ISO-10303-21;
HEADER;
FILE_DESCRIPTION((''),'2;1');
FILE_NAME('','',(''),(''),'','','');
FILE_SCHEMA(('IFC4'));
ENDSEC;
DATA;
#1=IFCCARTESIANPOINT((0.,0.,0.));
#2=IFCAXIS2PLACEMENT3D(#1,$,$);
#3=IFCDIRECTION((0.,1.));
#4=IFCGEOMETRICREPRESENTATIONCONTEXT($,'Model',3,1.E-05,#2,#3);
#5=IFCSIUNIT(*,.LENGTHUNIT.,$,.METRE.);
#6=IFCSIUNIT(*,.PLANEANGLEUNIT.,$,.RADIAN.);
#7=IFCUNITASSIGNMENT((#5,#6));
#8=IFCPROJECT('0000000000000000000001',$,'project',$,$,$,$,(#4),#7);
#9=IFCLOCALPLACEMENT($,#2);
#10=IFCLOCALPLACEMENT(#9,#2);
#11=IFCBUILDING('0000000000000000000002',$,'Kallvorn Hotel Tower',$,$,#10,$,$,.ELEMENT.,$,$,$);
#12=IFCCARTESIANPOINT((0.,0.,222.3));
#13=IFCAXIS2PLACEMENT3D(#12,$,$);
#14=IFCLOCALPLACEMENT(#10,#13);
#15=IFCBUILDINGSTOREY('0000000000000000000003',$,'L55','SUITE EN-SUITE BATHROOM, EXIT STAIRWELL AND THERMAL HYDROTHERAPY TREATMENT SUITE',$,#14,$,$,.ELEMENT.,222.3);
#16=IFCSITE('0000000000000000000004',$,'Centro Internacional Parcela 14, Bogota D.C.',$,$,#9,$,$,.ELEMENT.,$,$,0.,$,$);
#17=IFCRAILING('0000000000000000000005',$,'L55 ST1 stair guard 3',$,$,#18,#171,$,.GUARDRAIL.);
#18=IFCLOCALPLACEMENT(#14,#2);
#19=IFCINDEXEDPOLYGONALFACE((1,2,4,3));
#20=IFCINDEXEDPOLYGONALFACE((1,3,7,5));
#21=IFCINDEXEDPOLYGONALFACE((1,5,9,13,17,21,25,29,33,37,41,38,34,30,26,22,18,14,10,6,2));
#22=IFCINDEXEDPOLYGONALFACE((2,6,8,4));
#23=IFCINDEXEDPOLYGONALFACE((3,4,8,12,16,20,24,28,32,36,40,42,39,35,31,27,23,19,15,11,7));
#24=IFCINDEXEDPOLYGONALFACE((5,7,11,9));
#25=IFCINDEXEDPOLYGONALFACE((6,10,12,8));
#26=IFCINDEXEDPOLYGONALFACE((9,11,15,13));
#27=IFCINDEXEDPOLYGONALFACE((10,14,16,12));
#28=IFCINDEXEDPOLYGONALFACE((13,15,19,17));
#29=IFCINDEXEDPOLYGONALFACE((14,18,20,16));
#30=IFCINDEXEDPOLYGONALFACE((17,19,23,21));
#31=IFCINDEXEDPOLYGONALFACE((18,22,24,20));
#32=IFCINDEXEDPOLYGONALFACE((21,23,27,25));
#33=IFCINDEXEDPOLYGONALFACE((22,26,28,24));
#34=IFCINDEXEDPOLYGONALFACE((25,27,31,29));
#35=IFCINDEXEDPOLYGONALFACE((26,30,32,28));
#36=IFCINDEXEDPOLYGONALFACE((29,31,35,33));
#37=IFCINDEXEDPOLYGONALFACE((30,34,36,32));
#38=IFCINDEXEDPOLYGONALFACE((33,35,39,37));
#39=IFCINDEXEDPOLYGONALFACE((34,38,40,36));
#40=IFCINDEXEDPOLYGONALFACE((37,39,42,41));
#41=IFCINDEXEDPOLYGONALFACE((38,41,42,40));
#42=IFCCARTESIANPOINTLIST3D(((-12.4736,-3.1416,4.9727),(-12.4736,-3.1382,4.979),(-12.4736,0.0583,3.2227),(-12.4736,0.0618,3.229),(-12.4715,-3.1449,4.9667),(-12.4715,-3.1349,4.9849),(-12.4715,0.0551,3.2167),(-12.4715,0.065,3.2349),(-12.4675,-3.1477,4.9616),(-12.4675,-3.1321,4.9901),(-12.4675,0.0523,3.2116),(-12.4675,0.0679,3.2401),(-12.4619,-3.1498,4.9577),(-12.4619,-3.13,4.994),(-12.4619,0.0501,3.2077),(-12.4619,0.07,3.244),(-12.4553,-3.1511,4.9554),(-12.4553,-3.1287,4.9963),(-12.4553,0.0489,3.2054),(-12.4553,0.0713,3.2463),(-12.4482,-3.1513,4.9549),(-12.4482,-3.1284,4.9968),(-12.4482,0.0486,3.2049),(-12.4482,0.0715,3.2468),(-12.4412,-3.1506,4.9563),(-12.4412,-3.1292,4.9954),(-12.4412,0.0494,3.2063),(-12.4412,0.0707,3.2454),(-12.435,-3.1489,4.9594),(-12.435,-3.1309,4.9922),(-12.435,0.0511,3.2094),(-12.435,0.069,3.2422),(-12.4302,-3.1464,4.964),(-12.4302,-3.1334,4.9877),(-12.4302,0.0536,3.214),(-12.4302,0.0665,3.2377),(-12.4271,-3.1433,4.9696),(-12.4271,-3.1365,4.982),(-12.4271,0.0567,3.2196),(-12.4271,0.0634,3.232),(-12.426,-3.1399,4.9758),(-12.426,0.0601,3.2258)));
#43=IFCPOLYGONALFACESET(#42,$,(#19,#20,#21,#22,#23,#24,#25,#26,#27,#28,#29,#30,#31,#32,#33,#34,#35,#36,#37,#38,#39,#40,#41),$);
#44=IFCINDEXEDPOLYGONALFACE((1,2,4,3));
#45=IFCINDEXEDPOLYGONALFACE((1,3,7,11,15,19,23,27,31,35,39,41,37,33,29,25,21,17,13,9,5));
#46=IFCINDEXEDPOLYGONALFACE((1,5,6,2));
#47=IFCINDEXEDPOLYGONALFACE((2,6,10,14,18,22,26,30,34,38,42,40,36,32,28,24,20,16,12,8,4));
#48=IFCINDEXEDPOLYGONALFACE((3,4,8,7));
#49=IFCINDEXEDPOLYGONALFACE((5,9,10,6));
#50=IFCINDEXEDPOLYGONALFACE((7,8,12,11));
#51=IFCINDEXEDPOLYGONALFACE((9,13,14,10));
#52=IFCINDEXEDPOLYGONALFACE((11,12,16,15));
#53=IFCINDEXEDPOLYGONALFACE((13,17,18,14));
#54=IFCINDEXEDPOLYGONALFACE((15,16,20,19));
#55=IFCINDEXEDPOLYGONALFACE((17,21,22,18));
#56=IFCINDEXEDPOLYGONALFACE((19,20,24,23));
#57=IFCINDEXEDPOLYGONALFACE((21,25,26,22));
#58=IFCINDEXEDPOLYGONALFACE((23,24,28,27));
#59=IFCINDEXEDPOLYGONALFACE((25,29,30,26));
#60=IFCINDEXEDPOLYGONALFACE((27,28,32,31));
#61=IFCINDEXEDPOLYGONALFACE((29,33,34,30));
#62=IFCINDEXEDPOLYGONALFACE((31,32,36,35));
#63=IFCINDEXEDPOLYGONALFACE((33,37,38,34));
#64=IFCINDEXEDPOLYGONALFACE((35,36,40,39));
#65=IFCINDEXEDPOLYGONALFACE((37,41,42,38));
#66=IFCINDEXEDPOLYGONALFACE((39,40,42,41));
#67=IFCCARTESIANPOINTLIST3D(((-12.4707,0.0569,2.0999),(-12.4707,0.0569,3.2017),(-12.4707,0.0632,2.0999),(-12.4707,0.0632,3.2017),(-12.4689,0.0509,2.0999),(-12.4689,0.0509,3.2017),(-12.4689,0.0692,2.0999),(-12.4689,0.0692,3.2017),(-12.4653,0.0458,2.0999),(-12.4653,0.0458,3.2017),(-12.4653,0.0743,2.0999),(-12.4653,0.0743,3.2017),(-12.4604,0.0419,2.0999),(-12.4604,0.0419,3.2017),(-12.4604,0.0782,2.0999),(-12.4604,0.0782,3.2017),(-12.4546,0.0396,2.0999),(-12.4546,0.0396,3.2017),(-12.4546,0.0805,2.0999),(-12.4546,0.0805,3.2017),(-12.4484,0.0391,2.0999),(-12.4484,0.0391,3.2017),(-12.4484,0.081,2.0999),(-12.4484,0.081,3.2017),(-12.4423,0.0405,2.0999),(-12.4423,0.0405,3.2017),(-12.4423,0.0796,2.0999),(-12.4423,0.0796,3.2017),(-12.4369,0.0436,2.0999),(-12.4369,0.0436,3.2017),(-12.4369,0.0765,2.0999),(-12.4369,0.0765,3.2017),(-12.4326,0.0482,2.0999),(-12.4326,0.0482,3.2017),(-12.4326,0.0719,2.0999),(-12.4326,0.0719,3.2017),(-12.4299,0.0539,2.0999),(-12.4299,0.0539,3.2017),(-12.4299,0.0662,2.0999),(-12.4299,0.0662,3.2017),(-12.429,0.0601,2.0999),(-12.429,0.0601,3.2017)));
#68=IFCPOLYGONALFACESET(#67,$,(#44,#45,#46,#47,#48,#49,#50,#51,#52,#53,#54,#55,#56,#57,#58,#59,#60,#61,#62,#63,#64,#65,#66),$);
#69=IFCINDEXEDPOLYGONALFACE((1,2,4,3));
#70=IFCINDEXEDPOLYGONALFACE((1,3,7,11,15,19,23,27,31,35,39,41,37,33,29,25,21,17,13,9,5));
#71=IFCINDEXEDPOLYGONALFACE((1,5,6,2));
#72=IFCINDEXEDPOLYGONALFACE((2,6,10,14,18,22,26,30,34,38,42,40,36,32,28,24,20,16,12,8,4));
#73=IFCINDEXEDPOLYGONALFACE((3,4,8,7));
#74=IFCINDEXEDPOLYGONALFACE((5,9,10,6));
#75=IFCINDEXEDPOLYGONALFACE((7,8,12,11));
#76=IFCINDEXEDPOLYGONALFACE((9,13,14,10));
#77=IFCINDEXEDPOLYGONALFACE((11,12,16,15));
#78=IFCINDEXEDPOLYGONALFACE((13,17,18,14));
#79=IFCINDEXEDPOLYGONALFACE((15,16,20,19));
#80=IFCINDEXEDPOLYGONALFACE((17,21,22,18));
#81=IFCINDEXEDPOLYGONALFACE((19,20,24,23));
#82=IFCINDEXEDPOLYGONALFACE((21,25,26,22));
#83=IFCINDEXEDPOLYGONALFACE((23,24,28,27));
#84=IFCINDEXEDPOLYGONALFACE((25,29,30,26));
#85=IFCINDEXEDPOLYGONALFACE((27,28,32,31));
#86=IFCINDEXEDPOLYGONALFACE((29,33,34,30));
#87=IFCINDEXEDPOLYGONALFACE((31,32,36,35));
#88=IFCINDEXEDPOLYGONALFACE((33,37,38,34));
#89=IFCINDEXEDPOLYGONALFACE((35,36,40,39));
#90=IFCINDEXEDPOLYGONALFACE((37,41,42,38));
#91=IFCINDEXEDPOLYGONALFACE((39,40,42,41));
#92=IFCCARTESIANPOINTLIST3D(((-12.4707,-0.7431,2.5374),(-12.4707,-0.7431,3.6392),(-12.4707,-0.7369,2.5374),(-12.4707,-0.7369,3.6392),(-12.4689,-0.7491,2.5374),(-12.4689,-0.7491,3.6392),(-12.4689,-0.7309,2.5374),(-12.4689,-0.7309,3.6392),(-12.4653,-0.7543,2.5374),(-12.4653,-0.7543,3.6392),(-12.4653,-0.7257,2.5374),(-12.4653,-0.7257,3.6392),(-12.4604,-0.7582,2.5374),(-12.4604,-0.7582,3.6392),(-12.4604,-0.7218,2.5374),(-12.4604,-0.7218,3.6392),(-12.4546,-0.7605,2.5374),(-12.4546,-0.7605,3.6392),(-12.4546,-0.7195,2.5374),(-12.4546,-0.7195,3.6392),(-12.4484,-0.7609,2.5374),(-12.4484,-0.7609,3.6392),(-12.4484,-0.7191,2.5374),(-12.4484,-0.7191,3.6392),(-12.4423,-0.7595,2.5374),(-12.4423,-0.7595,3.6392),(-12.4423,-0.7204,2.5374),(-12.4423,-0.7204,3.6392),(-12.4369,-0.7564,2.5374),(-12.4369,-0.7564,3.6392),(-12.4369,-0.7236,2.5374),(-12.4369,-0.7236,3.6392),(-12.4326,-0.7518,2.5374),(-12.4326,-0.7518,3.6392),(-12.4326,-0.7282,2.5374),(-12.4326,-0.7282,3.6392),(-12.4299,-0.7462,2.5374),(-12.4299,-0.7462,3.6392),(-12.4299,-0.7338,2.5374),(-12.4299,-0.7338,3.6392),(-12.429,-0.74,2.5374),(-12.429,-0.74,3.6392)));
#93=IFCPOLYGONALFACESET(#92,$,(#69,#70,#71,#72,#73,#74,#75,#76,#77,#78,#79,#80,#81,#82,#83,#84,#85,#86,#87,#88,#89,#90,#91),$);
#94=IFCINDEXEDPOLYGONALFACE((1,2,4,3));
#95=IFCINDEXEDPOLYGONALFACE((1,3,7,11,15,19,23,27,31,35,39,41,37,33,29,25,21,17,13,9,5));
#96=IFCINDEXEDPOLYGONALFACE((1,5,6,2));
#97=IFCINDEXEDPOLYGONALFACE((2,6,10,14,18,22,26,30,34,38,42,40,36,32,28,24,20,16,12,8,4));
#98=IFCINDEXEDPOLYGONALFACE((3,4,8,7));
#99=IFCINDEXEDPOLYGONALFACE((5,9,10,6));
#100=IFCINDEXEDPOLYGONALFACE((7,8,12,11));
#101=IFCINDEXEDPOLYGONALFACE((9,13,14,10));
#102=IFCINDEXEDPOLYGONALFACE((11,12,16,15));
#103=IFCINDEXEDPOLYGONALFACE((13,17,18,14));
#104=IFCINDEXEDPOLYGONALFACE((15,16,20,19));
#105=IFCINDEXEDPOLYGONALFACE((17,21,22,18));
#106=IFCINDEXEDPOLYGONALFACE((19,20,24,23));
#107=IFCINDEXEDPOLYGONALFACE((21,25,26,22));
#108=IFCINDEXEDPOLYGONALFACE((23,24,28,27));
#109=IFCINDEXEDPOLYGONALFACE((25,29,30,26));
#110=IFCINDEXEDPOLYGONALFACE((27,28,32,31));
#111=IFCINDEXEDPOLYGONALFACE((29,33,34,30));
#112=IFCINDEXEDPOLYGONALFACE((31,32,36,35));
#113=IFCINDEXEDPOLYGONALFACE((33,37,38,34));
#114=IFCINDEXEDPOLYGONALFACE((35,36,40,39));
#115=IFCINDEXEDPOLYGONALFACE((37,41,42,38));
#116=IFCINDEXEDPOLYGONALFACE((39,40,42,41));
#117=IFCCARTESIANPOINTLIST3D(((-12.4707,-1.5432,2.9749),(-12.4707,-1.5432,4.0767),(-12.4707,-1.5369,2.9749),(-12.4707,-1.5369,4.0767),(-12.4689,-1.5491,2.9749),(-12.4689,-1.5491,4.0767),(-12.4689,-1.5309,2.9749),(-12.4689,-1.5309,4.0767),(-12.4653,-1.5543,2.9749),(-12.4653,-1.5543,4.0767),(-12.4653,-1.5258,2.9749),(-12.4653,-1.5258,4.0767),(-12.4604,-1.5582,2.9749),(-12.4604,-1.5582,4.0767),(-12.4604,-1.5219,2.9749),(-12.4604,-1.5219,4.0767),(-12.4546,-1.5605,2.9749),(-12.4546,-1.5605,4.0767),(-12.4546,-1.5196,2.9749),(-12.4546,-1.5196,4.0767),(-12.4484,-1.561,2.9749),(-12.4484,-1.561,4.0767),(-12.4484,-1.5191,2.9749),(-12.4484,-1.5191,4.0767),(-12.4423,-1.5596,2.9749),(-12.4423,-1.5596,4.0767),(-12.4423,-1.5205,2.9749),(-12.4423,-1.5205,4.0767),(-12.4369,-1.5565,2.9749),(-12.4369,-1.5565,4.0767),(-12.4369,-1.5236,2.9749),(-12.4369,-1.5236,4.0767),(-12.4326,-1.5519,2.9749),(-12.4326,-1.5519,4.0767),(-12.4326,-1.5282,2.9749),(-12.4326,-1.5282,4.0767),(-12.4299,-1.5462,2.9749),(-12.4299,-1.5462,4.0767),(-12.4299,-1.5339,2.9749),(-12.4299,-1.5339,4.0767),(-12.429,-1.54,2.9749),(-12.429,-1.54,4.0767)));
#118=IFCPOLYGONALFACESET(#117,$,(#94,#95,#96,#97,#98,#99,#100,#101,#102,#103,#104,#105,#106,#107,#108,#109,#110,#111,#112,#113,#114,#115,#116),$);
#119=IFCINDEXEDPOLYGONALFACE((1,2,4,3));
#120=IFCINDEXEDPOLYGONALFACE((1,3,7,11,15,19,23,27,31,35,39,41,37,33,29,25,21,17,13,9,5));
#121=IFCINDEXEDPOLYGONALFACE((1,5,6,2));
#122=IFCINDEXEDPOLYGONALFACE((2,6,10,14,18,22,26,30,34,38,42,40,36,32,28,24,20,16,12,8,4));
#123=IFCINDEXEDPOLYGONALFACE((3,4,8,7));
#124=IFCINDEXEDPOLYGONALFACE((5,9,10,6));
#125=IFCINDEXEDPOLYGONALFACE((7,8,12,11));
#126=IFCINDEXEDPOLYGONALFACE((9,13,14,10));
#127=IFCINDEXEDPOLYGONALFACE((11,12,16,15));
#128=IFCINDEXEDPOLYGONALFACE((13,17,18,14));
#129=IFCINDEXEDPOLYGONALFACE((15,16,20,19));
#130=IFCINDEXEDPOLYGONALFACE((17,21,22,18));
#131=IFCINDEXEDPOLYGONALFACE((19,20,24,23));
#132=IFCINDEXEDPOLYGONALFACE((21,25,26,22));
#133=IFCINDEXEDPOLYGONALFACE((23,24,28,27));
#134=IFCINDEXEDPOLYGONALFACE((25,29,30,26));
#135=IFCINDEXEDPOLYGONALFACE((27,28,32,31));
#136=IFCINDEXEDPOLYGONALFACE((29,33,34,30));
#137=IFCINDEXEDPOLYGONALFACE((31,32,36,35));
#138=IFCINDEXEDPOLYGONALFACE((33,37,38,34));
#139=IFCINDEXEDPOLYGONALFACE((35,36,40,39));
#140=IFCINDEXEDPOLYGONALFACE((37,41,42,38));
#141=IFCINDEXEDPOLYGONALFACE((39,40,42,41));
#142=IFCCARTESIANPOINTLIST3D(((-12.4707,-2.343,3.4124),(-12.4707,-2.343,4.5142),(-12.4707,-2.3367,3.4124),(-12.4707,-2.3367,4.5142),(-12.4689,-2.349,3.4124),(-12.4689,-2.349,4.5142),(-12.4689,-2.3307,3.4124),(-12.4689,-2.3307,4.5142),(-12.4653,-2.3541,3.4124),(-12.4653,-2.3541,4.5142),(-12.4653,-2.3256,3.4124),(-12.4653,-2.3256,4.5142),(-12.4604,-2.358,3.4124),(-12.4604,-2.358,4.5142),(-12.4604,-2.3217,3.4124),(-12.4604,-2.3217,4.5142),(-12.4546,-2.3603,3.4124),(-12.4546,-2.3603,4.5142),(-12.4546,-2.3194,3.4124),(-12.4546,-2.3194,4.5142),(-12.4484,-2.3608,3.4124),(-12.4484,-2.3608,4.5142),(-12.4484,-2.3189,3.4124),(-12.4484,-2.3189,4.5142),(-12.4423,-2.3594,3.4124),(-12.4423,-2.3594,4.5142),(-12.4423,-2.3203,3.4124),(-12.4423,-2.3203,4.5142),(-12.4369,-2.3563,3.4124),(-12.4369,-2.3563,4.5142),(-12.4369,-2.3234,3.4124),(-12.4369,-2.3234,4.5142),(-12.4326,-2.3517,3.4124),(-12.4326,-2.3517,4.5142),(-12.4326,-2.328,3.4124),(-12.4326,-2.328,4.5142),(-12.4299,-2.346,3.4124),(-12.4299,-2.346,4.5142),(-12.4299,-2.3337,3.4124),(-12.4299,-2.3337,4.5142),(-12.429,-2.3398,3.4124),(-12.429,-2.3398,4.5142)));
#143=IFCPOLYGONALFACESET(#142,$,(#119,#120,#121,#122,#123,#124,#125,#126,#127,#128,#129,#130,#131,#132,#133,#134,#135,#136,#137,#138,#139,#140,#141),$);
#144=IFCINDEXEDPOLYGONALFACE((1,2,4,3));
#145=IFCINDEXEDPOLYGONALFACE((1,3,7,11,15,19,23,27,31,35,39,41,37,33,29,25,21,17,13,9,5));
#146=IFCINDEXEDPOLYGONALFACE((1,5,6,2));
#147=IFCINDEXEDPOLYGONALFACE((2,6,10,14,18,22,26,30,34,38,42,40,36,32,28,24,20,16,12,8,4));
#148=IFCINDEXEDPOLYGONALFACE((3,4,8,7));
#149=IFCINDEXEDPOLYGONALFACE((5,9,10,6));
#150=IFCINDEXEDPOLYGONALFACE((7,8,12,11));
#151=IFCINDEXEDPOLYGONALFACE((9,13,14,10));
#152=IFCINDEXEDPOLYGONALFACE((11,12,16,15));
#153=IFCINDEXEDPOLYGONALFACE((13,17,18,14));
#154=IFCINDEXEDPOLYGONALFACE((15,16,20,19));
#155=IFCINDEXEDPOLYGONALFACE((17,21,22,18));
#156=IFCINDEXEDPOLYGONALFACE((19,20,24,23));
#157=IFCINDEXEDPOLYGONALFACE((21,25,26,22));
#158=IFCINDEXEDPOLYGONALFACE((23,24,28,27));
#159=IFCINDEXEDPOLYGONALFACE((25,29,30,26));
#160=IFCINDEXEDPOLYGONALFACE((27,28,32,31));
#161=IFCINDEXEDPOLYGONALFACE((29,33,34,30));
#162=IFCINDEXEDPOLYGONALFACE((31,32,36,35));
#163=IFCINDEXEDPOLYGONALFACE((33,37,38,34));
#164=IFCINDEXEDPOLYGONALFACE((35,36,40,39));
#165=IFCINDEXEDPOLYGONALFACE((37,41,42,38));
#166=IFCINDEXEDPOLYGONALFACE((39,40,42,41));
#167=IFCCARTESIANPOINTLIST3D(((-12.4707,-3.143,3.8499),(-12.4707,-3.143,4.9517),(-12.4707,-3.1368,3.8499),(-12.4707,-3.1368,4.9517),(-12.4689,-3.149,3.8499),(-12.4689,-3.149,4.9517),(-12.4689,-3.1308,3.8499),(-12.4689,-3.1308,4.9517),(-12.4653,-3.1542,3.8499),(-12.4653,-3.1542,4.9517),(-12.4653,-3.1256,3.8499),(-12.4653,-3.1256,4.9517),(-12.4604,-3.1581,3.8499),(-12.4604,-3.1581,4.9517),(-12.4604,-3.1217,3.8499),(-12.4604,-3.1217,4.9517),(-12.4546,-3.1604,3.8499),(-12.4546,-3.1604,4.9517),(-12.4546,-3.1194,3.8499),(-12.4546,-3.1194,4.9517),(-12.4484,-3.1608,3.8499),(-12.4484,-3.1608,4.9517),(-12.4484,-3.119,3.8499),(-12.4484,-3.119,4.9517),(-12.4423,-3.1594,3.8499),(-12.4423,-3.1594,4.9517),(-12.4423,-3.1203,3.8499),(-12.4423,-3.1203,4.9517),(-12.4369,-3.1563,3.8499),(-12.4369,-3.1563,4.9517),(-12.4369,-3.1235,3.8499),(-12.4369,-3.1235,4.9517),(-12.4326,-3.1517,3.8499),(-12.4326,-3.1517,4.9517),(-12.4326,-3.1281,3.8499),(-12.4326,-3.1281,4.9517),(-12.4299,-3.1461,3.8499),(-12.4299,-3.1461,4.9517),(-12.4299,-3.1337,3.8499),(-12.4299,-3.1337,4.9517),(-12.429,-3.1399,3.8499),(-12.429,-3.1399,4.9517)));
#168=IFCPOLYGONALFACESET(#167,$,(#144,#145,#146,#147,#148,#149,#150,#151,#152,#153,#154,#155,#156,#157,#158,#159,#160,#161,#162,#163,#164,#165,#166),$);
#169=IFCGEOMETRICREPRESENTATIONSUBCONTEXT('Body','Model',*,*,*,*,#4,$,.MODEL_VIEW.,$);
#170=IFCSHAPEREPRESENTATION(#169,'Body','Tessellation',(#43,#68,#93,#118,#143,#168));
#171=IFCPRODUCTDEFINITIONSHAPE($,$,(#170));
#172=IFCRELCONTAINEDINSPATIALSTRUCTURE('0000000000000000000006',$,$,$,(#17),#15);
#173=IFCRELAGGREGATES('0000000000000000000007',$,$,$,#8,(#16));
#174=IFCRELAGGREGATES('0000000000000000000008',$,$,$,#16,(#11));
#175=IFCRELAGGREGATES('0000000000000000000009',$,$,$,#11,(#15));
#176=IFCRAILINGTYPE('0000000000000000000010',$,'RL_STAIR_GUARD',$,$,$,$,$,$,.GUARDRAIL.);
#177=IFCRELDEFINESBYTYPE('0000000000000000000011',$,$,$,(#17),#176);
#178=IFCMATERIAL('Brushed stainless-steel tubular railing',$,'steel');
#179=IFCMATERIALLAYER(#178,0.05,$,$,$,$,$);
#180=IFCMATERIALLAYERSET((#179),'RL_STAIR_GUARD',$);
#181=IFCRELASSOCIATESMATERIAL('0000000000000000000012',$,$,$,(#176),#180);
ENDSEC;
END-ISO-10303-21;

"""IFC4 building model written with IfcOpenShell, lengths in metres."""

from ifc_helpers import new_model, si_unit, direction, frame, origin, origin_2d, place, context, subcontext, project, spatial, circle, extrude, material, layer, layer_set, type_object, element, save


model = new_model("IFC4")

# Units and contexts
model_context = context("Model", 3, precision=1e-05, world=origin(), true_north=direction((0.0, 1.0)))
body_context = subcontext(model_context, "Body", "Model", "MODEL_VIEW")
ifc_project = project(units=[si_unit("LENGTHUNIT", "METRE"), si_unit("PLANEANGLEUNIT", "RADIAN")], contexts=[model_context])

# Site, building, storey
site_placement = place(None, origin())
site = spatial("IfcSite", under=ifc_project, at=site_placement, Name="Centro Internacional Parcela 14, Bogota D.C.", CompositionType="ELEMENT", RefElevation=0.0)
building_placement = place(site_placement, origin())
building = spatial("IfcBuilding", under=site, at=building_placement, Name="Kallvorn Hotel Tower", CompositionType="ELEMENT")
storey_placement = place(building_placement, frame((0.0, 0.0, 222.3)))
storey = spatial("IfcBuildingStorey", under=building, at=storey_placement, Name="L55", Description="SUITE EN-SUITE BATHROOM, EXIT STAIRWELL AND THERMAL HYDROTHERAPY TREATMENT SUITE", CompositionType="ELEMENT", Elevation=222.3)

# Railing
ifc_material_1 = material(Name="Brushed stainless-steel tubular railing", Category="steel")
ifc_layer_1 = layer(ifc_material_1, 0.05)
ifc_layer_set_1 = layer_set([ifc_layer_1], Name="RL_STAIR_GUARD")
railing_type_1 = type_object("IfcRailingType", Name="RL_STAIR_GUARD", PredefinedType="GUARDRAIL", material=ifc_layer_set_1)
railing_1_placement = place(storey_placement, frame((-12.45, 0.0601, 2.0999)))
element("IfcRailing", 1, at=railing_1_placement, inside=storey, type_object=railing_type_1, Name="L55 ST1 stair guard 3", PredefinedType="GUARDRAIL", context=body_context, shape_type="SweptSolid", body=[
    extrude(circle(Radius=0.0239, at=origin_2d()), frame((0.0, 0.0, 1.126), z_axis=(0.0, -0.877368, 0.479818), x_axis=(1.0, 0.0, 0.0)), (0.0, 0.0, 1.0), 3.6472),
    extrude(circle(Radius=0.021, at=origin_2d()), origin(), (0.0, 0.0, 1.0), 1.1018),
    extrude(circle(Radius=0.021, at=origin_2d()), frame((0.0, -0.8, 0.4375)), (0.0, 0.0, 1.0), 1.1018),
    extrude(circle(Radius=0.021, at=origin_2d()), frame((0.0, -1.6001, 0.875)), (0.0, 0.0, 1.0), 1.1018),
    extrude(circle(Radius=0.021, at=origin_2d()), frame((0.0, -2.3999, 1.3125)), (0.0, 0.0, 1.0), 1.1018),
    extrude(circle(Radius=0.021, at=origin_2d()), frame((0.0, -3.2, 1.75)), (0.0, 0.0, 1.0), 1.1018),
])

save(model, "model.ifc")
